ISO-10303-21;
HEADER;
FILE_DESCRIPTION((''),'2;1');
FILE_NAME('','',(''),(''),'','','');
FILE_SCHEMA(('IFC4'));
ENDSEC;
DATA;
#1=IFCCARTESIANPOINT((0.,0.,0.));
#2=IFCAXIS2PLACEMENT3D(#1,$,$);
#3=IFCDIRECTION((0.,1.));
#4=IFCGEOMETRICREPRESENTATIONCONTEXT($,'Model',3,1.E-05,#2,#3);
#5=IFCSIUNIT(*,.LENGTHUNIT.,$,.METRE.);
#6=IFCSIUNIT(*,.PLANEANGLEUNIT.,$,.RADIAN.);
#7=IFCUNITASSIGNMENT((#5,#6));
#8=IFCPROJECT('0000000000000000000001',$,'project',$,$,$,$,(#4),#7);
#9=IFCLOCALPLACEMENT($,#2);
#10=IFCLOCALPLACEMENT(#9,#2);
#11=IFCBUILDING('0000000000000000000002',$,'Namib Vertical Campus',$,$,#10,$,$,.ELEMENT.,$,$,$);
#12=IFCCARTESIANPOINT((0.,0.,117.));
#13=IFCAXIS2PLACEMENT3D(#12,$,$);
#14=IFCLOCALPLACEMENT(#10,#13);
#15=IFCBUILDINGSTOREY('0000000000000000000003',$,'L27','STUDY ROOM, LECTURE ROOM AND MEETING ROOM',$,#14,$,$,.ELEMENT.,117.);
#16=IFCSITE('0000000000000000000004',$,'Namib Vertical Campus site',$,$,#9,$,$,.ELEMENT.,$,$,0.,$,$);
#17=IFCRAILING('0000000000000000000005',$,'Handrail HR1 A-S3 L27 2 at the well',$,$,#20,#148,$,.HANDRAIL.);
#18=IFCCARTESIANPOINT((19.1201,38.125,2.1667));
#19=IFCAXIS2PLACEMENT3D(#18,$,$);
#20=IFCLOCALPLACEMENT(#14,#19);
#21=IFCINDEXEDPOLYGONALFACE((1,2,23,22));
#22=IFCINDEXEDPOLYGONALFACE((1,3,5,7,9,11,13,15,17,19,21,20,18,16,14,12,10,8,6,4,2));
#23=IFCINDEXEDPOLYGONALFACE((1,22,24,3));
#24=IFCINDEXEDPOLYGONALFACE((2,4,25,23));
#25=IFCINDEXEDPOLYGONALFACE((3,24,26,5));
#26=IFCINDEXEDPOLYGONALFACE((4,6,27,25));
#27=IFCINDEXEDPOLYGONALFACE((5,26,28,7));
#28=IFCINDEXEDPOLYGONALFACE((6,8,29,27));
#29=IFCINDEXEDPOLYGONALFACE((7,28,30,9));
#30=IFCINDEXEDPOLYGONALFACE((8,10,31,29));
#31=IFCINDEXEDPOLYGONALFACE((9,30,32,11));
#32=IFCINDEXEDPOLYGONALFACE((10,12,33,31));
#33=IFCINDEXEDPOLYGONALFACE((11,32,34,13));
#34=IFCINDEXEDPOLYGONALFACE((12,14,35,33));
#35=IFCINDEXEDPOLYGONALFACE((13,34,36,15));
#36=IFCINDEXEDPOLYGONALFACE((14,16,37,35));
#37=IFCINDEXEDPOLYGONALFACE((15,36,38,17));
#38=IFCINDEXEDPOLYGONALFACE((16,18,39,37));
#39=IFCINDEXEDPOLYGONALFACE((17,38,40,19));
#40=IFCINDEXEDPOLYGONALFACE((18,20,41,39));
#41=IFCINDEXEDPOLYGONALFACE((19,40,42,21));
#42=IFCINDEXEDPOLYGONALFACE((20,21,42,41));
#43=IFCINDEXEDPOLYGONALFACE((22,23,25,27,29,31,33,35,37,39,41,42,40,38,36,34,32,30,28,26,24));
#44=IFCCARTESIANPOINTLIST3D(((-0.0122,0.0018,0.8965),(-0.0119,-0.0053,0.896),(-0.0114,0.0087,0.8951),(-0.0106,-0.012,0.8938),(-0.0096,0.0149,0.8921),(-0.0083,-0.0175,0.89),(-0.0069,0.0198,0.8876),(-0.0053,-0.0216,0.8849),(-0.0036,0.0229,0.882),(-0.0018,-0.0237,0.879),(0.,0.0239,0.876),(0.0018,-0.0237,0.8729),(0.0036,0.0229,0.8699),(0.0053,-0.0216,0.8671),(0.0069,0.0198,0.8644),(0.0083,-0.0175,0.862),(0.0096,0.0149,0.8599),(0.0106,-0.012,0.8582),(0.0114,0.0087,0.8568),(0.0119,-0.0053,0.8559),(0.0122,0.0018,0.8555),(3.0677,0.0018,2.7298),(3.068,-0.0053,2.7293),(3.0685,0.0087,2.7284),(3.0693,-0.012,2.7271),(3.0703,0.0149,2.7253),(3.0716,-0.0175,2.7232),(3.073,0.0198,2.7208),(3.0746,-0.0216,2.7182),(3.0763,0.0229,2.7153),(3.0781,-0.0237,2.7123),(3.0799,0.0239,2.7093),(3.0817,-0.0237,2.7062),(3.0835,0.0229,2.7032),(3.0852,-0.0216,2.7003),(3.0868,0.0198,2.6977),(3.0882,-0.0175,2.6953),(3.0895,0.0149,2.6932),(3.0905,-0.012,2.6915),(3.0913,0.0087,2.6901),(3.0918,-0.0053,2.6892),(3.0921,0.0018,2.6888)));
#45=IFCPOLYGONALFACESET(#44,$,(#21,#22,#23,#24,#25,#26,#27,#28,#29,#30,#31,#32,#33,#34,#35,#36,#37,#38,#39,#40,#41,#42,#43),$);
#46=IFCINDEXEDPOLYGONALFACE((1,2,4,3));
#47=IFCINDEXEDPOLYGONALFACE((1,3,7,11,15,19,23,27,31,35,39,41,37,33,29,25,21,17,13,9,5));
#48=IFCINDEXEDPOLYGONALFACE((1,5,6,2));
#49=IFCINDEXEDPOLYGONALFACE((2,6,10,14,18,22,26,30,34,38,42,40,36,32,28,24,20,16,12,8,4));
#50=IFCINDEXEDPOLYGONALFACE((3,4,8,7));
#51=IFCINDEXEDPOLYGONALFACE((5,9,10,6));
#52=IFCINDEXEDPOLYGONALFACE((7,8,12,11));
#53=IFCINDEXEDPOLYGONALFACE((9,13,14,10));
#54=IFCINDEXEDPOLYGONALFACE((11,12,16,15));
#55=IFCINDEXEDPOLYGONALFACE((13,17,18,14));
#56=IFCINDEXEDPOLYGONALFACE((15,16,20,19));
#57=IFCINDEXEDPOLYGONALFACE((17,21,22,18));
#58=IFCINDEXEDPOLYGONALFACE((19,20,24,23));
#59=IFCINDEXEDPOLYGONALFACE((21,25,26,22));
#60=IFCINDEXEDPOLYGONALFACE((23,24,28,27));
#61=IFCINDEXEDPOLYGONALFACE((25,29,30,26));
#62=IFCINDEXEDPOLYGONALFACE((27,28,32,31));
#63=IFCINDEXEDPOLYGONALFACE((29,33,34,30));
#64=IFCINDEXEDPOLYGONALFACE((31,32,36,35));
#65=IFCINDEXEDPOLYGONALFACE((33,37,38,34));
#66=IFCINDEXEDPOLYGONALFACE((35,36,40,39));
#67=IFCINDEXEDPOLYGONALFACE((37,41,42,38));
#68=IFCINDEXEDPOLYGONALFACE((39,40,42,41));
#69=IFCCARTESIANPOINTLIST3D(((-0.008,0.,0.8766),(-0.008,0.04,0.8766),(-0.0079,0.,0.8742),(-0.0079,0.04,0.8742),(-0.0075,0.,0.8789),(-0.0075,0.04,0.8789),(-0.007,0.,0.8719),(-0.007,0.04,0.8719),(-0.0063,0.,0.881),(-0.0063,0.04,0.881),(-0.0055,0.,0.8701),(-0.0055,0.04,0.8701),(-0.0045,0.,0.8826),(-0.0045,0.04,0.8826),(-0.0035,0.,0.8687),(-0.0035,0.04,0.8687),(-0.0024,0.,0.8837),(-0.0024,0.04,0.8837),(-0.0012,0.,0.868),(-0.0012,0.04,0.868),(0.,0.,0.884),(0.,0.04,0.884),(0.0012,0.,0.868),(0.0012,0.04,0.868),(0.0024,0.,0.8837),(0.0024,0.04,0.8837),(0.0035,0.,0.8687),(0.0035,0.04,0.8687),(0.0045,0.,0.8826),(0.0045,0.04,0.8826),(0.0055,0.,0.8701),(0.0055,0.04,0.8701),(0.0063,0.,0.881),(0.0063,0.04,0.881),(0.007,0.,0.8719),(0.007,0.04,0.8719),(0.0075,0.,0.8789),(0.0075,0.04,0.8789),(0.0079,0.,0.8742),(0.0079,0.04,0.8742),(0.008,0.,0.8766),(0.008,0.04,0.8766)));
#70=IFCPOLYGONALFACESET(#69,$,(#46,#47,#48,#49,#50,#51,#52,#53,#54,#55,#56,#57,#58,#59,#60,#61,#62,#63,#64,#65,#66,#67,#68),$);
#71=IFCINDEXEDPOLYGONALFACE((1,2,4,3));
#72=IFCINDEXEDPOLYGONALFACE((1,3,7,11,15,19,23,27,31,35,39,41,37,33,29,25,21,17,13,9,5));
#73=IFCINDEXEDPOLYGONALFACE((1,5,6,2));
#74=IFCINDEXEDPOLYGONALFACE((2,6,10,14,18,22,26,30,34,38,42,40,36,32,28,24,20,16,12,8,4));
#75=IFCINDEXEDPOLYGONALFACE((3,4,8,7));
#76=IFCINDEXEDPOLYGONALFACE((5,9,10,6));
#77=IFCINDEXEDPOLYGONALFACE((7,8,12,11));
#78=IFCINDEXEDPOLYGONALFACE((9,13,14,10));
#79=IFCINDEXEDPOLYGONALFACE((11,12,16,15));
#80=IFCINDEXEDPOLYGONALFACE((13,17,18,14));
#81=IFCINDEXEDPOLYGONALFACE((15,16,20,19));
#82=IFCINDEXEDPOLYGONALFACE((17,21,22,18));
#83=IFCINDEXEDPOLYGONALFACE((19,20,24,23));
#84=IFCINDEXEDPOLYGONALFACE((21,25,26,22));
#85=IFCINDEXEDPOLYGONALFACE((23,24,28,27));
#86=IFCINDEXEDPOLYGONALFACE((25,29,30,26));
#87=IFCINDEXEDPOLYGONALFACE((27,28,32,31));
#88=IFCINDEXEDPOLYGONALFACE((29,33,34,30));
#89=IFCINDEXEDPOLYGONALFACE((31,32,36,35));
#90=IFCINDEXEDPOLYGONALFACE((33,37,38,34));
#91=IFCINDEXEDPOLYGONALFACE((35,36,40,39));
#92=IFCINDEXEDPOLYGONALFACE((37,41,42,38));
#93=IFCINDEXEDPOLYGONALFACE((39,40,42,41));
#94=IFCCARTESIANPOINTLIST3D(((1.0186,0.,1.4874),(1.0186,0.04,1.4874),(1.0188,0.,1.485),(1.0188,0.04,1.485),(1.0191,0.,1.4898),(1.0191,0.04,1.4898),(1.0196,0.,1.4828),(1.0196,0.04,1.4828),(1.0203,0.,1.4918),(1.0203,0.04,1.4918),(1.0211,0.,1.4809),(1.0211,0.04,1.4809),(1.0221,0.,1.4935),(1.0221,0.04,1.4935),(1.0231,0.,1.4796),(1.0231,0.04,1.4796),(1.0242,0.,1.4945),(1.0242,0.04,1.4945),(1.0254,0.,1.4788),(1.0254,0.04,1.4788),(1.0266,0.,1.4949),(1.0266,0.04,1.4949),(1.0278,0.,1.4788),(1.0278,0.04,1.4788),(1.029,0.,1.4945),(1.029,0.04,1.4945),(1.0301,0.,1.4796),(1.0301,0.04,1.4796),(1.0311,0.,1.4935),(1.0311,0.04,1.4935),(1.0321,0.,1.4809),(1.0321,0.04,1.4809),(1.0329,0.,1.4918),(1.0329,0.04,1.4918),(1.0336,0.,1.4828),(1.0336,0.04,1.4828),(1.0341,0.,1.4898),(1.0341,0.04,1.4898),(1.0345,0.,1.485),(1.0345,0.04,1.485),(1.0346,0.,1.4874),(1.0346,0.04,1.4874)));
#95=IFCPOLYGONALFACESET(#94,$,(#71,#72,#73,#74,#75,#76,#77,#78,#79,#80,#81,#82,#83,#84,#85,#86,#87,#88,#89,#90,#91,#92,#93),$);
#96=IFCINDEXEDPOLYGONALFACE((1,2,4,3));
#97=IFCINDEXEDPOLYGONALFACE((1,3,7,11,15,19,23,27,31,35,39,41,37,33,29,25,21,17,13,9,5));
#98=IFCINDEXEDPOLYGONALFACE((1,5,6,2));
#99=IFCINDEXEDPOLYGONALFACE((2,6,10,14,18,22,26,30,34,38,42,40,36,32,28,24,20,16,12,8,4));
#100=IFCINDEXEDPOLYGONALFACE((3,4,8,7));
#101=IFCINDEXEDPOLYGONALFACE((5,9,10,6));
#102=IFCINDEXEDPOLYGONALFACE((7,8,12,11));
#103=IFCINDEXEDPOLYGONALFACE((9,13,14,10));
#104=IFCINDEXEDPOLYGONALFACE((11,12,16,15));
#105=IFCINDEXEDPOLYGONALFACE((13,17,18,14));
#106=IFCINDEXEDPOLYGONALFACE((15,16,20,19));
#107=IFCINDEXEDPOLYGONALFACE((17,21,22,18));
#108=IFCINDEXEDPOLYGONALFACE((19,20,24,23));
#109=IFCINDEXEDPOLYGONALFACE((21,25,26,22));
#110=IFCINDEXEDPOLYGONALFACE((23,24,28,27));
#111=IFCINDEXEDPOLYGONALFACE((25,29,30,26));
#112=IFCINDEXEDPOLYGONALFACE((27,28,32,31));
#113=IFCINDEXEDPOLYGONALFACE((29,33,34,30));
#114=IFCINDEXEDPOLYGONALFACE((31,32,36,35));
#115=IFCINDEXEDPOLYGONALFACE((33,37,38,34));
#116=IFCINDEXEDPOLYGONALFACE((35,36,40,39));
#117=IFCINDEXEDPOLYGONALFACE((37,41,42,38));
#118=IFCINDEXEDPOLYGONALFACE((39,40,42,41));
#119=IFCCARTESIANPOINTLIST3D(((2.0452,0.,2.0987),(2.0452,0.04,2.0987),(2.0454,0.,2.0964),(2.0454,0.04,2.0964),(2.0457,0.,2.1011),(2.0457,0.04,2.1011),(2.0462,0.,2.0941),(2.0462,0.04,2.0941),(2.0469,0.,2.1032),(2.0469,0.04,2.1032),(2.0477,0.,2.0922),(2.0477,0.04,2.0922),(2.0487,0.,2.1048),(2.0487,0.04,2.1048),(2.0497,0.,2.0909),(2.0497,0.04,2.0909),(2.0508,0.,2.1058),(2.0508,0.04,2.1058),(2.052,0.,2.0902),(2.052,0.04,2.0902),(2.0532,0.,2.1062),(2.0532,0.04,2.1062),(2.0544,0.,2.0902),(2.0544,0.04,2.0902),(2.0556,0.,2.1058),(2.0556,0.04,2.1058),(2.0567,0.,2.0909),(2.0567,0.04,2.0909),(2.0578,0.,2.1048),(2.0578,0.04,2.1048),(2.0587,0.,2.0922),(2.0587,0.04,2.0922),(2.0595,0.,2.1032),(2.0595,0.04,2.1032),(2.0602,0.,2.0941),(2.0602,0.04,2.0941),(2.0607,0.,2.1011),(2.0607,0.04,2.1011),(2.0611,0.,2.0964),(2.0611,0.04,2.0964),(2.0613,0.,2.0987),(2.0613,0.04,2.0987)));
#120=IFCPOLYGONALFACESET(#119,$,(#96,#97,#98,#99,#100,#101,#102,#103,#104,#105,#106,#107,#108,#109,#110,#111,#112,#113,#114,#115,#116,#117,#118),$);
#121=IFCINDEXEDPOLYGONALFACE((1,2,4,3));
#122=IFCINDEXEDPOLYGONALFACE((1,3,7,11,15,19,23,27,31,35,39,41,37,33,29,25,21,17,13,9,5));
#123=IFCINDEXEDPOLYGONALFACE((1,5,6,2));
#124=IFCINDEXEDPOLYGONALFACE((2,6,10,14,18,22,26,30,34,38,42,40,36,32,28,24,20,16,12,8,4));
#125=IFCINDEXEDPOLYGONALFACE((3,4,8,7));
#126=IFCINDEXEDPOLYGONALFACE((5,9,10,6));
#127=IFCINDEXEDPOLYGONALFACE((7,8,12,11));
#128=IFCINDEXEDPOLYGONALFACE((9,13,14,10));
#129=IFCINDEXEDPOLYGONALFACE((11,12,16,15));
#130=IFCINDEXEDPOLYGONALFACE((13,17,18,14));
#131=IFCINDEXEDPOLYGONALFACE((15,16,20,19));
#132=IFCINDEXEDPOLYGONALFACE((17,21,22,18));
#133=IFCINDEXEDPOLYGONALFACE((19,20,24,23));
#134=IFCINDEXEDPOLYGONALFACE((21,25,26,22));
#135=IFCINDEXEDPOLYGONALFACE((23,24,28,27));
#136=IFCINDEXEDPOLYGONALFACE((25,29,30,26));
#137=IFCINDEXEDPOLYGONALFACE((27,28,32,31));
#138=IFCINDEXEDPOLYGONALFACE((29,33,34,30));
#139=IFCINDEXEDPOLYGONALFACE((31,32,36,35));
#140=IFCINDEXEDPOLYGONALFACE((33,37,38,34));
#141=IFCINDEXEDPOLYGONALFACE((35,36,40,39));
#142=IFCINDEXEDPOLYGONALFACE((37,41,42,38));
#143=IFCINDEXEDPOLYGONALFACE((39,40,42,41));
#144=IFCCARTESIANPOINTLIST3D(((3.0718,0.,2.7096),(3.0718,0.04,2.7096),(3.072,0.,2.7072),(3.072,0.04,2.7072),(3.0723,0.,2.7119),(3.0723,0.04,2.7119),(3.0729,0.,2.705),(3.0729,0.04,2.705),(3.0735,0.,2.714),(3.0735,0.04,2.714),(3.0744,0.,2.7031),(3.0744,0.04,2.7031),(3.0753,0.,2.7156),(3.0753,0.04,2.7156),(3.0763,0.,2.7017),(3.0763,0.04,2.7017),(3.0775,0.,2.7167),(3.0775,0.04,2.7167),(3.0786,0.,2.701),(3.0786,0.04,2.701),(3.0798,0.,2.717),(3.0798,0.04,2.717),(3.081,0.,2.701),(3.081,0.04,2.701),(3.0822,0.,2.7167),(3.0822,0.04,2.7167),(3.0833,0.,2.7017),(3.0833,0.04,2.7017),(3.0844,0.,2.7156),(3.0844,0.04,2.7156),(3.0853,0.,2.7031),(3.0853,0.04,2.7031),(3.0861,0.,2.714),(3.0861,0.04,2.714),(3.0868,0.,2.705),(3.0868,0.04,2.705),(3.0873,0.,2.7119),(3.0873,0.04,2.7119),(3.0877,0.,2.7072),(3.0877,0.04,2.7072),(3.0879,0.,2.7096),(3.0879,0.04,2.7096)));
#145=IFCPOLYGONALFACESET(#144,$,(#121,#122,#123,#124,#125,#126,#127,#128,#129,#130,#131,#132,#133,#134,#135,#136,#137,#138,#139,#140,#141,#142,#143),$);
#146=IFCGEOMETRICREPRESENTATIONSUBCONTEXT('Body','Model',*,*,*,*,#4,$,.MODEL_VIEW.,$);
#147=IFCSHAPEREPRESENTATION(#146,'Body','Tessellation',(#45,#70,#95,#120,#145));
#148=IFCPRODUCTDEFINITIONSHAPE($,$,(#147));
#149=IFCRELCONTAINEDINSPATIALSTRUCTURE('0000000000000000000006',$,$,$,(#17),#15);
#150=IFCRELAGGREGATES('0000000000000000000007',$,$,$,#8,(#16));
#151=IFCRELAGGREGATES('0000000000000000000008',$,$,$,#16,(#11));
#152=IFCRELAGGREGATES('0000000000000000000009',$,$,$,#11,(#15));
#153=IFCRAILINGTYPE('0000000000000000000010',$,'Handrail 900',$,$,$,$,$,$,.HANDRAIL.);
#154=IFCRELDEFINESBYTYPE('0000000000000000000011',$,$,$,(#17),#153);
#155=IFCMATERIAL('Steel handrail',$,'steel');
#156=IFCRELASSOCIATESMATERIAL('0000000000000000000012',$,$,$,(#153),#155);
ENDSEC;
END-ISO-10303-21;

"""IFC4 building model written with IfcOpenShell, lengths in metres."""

from ifc_helpers import new_model, si_unit, direction, frame, origin, origin_2d, place, context, subcontext, project, spatial, circle, extrude, material, type_object, element, save


model = new_model("IFC4")

# Units and contexts
model_context = context("Model", 3, precision=1e-05, world=origin(), true_north=direction((0.0, 1.0)))
body_context = subcontext(model_context, "Body", "Model", "MODEL_VIEW")
ifc_project = project(units=[si_unit("LENGTHUNIT", "METRE"), si_unit("PLANEANGLEUNIT", "RADIAN")], contexts=[model_context])

# Site, building, storey
site_placement = place(None, origin())
site = spatial("IfcSite", under=ifc_project, at=site_placement, Name="Namib Vertical Campus site", CompositionType="ELEMENT", RefElevation=0.0)
building_placement = place(site_placement, origin())
building = spatial("IfcBuilding", under=site, at=building_placement, Name="Namib Vertical Campus", CompositionType="ELEMENT")
storey_placement = place(building_placement, frame((0.0, 0.0, 117.0)))
storey = spatial("IfcBuildingStorey", under=building, at=storey_placement, Name="L27", Description="STUDY ROOM, LECTURE ROOM AND MEETING ROOM", CompositionType="ELEMENT", Elevation=117.0)

# Railing
ifc_material_1 = material(Name="Steel handrail", Category="steel")
railing_type_1 = type_object("IfcRailingType", Name="Handrail 900", PredefinedType="HANDRAIL", material=ifc_material_1)
railing_1_placement = place(storey_placement, frame((19.1201, 38.125, 2.1667)))
element("IfcRailing", 1, at=railing_1_placement, inside=storey, type_object=railing_type_1, Name="Handrail HR1 A-S3 L27 2 at the well", PredefinedType="HANDRAIL", context=body_context, shape_type="SweptSolid", body=[
    extrude(circle(Radius=0.0239, at=origin_2d()), frame((0.0, 0.0, 0.876), z_axis=(0.859291, 0.0, 0.511487), x_axis=(0.0, 1.0, 0.0)), (0.0, 0.0, 1.0), 3.5842),
    extrude(circle(Radius=0.0081, at=origin_2d()), frame((0.0, 0.0, 0.876), z_axis=(0.0, 1.0, 0.0), x_axis=(0.0, 0.0, 1.0)), (0.0, 0.0, 1.0), 0.04),
    extrude(circle(Radius=0.0081, at=origin_2d()), frame((1.0266, 0.0, 1.4868), z_axis=(0.0, 1.0, 0.0), x_axis=(0.0, 0.0, 1.0)), (0.0, 0.0, 1.0), 0.04),
    extrude(circle(Radius=0.0081, at=origin_2d()), frame((2.0532, 0.0, 2.0981), z_axis=(0.0, 1.0, 0.0), x_axis=(0.0, 0.0, 1.0)), (0.0, 0.0, 1.0), 0.04),
    extrude(circle(Radius=0.0081, at=origin_2d()), frame((3.0798, 0.0, 2.709), z_axis=(0.0, 1.0, 0.0), x_axis=(0.0, 0.0, 1.0)), (0.0, 0.0, 1.0), 0.04),
])

save(model, "model.ifc")
